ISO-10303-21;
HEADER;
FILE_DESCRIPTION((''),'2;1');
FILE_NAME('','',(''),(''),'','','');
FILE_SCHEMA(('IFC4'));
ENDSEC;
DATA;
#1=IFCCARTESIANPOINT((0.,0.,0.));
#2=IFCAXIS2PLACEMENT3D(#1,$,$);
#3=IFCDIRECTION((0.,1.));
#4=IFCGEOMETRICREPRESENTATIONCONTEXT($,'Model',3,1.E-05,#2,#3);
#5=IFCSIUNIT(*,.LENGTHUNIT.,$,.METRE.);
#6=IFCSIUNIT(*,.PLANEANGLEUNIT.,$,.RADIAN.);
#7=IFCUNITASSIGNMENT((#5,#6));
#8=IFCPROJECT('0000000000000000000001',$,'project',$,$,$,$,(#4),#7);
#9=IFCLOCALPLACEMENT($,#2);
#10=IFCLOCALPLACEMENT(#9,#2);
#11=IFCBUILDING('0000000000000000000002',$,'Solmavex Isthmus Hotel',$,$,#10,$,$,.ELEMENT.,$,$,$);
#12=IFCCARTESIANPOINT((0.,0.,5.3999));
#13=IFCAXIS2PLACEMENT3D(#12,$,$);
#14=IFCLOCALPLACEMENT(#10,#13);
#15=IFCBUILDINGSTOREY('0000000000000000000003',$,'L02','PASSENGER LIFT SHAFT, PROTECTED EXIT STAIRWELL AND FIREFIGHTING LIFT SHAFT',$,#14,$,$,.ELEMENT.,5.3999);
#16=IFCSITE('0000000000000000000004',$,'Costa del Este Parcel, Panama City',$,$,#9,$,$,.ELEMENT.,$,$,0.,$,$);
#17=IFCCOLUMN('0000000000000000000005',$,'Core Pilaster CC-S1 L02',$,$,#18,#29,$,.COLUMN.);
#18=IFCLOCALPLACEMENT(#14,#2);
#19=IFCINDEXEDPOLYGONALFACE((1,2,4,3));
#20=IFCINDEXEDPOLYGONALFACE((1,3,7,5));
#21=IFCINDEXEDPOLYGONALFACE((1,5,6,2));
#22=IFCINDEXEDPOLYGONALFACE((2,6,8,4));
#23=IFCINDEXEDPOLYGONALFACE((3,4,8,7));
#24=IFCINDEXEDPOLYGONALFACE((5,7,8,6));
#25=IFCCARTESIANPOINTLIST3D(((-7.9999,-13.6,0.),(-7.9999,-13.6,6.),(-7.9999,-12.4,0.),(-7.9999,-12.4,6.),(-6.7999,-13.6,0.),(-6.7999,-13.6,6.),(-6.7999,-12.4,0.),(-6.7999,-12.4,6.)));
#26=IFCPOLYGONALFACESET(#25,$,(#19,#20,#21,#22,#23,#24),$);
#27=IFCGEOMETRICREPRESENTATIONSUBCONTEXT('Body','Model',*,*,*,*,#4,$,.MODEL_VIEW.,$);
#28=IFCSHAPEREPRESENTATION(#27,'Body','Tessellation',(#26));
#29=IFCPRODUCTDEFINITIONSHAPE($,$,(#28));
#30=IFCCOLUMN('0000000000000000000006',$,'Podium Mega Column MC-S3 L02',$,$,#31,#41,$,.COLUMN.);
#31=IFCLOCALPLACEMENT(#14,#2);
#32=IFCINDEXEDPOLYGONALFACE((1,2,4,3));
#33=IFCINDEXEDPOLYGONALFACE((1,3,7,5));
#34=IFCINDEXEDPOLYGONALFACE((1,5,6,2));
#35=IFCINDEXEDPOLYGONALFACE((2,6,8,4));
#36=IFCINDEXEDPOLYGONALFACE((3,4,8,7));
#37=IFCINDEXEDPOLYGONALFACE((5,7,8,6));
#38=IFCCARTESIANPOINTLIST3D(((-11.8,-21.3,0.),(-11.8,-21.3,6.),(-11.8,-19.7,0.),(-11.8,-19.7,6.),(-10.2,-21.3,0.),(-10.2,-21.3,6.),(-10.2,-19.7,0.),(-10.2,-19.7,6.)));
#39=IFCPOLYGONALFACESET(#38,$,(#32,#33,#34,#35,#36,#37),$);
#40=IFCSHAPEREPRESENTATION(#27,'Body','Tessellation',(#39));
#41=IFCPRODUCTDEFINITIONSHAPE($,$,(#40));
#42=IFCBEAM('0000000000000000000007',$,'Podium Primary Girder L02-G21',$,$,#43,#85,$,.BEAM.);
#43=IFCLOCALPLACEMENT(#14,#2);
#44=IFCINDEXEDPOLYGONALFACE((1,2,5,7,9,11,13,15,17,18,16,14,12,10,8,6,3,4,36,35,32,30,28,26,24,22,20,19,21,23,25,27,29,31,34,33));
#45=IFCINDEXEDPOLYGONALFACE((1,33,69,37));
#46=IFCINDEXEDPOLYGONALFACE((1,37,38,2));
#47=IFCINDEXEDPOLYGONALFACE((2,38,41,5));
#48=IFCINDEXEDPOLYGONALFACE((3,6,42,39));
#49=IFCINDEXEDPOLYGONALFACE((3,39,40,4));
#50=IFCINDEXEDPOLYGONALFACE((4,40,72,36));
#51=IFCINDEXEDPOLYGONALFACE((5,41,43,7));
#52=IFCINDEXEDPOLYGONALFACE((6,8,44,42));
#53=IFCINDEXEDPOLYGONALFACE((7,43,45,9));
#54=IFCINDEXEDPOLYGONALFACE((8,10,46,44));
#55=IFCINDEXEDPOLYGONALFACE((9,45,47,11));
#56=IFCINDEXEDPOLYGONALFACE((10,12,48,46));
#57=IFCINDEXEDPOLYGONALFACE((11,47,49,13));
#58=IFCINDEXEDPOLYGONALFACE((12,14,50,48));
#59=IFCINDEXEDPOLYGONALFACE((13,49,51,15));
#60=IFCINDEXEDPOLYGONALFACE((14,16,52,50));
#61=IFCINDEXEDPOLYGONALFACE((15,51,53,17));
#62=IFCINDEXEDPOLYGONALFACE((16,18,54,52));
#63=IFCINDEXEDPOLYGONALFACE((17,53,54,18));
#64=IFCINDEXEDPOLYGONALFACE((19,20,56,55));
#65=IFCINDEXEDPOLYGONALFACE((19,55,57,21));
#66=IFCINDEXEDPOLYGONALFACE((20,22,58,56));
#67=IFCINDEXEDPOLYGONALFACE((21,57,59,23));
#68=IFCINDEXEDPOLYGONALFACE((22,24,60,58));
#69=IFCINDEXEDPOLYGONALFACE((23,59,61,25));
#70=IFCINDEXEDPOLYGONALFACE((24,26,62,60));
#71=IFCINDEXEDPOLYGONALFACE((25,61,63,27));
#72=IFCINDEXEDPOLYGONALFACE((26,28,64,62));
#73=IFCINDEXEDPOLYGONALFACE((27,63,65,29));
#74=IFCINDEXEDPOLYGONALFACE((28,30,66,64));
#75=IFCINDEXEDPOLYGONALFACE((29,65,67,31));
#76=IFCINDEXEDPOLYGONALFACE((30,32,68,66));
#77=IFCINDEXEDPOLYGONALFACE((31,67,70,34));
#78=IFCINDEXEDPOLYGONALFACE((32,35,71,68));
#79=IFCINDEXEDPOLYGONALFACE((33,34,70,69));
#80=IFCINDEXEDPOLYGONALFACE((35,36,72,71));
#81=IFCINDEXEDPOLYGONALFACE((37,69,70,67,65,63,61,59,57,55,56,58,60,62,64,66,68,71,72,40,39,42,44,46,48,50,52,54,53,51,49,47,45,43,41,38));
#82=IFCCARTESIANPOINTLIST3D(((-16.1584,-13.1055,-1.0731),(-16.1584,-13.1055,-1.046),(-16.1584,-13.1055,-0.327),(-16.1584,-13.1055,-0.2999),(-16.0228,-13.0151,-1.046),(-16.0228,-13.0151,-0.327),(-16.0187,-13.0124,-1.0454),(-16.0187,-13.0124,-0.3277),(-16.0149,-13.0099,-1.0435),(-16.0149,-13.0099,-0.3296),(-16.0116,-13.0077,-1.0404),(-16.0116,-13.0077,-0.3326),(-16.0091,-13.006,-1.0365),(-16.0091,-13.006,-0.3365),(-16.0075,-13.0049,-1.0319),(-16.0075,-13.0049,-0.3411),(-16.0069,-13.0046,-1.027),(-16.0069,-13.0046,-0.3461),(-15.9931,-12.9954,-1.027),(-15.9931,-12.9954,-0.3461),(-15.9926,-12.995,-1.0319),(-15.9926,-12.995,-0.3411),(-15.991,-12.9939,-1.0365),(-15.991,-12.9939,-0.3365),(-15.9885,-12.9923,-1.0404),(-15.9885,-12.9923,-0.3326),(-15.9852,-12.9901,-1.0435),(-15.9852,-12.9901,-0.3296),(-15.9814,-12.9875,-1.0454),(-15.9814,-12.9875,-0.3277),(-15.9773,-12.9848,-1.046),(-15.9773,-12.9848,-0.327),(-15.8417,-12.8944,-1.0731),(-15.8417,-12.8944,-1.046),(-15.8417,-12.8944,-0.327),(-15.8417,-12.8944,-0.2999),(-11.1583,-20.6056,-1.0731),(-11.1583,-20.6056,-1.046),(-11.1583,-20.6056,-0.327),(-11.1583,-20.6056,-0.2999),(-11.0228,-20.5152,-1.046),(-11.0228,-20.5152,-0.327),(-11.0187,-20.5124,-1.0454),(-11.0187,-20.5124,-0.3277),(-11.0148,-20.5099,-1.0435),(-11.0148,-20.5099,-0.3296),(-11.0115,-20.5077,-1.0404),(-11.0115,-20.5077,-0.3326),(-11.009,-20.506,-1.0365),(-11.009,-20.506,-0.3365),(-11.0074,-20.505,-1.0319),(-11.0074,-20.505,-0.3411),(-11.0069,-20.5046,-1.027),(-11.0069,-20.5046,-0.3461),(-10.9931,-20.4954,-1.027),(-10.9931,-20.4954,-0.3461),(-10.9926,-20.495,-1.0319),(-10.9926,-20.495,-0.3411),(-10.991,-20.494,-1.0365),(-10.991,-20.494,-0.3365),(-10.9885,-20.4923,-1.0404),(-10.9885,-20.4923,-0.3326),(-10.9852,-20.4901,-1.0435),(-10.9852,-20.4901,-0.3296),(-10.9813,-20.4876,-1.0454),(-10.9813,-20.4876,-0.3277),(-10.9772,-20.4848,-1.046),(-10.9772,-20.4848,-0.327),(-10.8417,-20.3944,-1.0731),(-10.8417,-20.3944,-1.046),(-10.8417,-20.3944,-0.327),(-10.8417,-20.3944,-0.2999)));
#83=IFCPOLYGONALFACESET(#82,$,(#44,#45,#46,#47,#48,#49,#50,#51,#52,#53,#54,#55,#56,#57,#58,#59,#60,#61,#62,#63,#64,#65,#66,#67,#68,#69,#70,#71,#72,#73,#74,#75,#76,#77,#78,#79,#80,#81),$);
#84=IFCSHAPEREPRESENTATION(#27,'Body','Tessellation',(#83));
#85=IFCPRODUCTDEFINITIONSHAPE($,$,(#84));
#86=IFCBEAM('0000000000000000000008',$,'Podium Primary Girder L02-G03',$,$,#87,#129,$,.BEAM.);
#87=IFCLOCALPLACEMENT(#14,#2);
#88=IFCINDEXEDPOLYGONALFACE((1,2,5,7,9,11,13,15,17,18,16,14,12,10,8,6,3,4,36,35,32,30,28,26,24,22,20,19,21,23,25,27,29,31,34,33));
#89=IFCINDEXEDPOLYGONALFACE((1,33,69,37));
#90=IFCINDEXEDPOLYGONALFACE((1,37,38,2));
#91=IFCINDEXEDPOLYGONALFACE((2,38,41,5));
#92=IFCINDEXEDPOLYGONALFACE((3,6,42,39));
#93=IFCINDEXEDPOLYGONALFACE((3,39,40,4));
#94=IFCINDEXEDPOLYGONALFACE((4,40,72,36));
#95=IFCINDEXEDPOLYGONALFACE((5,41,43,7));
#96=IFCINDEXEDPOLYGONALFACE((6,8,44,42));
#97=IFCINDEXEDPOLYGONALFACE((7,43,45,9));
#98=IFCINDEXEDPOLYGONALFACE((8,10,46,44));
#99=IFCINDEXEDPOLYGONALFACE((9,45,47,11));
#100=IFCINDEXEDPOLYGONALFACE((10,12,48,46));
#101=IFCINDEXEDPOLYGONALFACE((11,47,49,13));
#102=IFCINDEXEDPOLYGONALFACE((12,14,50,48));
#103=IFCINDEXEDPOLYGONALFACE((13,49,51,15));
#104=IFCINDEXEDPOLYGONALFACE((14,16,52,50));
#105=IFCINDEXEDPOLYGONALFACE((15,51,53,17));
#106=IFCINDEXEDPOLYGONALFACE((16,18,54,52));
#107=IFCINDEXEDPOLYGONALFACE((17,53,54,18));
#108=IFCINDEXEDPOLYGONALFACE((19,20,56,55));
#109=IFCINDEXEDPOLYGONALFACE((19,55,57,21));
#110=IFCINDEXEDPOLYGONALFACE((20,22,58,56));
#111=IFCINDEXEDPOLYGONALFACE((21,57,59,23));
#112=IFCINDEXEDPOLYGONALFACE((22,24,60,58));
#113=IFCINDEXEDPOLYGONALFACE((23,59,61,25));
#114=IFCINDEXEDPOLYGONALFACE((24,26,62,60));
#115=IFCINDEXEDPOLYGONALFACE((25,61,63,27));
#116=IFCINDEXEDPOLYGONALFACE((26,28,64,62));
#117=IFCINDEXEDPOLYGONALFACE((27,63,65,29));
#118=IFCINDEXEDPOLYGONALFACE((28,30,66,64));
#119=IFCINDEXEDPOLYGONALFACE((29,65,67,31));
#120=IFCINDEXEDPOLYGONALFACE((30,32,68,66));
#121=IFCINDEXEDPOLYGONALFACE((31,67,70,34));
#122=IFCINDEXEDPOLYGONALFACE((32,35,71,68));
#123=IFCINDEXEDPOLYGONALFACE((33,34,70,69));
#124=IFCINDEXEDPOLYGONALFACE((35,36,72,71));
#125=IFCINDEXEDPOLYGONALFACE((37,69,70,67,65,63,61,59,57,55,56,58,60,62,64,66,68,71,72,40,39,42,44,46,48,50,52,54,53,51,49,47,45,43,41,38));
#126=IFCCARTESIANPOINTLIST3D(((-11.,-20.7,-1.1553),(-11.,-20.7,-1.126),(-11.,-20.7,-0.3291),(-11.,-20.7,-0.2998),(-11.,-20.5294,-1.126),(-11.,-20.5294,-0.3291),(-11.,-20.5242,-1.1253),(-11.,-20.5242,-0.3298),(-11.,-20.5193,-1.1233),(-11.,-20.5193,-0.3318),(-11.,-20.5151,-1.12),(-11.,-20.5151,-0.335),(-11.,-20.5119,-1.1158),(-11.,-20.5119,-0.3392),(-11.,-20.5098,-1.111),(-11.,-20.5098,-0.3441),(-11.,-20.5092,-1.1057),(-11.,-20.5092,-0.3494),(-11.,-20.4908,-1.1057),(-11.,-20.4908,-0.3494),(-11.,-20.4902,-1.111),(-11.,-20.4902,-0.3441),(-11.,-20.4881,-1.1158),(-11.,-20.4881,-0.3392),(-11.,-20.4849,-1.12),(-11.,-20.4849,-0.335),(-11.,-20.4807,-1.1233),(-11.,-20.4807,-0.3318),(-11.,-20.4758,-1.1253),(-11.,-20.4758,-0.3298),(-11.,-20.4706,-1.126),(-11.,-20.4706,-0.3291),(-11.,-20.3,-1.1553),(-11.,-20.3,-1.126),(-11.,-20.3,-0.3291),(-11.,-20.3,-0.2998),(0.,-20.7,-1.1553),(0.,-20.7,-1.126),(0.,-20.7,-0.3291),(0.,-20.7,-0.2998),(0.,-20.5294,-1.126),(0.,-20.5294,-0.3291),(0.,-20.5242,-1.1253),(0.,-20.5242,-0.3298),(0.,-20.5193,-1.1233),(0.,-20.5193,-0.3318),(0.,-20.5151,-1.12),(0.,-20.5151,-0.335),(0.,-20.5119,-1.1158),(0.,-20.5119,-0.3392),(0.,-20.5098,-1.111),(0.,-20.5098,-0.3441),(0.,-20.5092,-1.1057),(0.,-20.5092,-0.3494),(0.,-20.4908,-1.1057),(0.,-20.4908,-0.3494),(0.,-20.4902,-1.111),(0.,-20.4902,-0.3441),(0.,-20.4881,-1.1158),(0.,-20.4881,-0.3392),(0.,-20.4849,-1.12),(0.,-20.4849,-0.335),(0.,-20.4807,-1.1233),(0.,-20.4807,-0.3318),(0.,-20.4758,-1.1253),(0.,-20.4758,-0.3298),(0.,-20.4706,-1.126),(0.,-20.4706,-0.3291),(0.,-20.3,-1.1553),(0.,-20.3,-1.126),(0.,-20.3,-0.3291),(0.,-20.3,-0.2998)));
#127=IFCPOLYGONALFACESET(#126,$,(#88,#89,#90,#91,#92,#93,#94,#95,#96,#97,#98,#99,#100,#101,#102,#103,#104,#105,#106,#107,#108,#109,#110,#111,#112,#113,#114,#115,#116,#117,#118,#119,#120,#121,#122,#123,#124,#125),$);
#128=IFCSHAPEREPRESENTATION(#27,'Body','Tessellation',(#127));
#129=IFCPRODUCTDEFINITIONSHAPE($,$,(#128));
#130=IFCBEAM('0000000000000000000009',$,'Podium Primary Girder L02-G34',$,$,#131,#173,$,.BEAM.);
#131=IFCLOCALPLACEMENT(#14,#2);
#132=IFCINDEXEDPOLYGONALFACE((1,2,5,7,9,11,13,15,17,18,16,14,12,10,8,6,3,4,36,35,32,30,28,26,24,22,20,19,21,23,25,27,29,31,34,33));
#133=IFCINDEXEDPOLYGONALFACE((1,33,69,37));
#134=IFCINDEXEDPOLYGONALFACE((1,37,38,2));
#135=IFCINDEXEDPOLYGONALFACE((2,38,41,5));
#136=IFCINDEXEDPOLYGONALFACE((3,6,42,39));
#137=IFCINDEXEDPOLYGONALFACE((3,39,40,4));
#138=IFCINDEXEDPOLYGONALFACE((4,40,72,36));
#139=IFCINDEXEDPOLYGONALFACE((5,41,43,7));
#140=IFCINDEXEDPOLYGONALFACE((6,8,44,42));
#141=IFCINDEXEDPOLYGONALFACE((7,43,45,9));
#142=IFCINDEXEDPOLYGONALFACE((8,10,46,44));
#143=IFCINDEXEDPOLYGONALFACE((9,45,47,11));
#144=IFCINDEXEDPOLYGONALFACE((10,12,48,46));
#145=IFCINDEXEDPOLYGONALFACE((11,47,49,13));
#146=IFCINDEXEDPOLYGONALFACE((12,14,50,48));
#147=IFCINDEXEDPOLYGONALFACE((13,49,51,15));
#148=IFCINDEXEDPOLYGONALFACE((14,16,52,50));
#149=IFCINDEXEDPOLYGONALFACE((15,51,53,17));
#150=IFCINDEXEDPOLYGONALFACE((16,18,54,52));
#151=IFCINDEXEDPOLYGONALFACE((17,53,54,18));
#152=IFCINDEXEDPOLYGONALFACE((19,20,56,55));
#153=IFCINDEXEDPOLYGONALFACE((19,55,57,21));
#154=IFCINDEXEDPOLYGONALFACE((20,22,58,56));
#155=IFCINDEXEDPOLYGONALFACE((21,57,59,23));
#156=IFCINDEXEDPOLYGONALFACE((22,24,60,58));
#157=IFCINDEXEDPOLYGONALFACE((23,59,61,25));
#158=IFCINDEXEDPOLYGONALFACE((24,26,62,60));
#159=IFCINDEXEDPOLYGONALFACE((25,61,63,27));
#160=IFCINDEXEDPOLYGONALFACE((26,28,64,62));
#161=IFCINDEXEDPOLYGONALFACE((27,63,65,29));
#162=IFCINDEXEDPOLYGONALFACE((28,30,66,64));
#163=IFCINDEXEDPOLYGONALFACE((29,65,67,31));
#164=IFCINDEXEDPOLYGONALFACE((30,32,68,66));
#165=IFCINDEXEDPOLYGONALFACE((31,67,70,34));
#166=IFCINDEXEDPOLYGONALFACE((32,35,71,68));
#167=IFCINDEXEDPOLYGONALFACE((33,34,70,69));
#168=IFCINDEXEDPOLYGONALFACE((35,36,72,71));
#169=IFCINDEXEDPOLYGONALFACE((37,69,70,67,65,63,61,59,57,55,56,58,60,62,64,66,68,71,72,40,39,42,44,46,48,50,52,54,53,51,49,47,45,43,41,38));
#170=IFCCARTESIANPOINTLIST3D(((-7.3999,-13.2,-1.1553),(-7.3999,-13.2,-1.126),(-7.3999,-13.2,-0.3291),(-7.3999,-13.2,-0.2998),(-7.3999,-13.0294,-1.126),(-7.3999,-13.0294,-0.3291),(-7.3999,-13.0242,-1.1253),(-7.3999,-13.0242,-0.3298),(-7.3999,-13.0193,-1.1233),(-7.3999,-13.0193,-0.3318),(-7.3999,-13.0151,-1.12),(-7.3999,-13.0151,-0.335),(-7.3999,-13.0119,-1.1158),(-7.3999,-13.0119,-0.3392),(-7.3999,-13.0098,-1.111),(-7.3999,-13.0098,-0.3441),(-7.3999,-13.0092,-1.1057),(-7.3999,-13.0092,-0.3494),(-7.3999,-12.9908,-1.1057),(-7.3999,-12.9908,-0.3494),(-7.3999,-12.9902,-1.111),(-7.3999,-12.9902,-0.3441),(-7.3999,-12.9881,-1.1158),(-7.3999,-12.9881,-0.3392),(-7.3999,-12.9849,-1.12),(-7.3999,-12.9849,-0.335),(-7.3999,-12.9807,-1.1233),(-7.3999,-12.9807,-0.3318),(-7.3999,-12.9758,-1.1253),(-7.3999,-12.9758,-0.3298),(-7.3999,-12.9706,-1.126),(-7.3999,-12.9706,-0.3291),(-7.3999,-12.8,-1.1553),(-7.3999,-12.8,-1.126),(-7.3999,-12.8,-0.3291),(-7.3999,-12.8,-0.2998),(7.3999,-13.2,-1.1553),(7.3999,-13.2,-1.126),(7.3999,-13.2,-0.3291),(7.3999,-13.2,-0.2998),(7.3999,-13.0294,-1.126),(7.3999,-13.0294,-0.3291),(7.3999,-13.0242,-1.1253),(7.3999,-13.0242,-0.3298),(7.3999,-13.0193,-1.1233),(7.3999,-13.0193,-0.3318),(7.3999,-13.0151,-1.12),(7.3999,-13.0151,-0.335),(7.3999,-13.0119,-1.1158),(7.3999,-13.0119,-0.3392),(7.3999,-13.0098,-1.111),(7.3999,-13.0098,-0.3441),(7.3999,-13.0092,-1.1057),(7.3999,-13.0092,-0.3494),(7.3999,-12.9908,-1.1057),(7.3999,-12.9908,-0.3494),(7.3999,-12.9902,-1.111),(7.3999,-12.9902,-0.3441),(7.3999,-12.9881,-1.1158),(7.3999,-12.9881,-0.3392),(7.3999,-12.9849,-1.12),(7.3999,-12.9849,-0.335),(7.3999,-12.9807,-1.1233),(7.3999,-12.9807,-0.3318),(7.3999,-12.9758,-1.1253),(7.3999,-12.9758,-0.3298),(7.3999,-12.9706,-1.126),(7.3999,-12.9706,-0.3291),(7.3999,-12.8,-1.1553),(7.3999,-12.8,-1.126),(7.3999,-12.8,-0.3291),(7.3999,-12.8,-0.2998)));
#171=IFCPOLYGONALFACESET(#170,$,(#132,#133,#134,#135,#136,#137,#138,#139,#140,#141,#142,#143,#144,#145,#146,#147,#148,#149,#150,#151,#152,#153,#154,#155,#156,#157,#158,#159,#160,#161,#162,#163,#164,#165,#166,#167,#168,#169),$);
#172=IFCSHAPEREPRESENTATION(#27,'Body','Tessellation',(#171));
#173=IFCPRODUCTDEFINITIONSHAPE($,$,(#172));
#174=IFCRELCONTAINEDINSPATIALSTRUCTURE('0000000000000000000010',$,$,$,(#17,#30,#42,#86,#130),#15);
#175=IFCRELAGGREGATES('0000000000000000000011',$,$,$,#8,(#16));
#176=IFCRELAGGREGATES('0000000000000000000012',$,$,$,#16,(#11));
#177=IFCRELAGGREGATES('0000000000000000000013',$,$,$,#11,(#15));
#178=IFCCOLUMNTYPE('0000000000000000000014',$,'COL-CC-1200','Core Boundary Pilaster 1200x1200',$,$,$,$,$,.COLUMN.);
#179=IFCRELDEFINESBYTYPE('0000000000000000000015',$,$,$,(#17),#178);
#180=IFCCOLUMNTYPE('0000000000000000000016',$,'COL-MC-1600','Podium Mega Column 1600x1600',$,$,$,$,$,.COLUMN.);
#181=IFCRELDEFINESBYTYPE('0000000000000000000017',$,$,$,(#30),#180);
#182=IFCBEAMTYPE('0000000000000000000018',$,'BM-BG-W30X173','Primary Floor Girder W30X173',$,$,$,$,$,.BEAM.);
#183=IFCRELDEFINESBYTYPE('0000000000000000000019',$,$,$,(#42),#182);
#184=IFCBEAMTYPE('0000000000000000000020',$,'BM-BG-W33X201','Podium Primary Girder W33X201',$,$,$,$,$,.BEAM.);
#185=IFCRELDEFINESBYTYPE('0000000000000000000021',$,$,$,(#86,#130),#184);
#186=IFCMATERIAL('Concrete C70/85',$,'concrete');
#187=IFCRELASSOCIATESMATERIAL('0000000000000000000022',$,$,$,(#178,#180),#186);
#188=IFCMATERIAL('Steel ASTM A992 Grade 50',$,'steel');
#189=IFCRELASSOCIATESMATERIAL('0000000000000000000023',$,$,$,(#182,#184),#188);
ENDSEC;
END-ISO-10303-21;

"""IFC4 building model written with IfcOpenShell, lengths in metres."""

from ifc_helpers import new_model, si_unit, direction, frame, origin, origin_2d, place, context, subcontext, project, spatial, rectangle, i_section, extrude, material, material_profile, profile_set, type_object, element, save


model = new_model("IFC4")

# Units and contexts
model_context = context("Model", 3, precision=1e-05, world=origin(), true_north=direction((0.0, 1.0)))
body_context = subcontext(model_context, "Body", "Model", "MODEL_VIEW")
ifc_project = project(units=[si_unit("LENGTHUNIT", "METRE"), si_unit("PLANEANGLEUNIT", "RADIAN")], contexts=[model_context])

# Site, building, storey
site_placement = place(None, origin())
site = spatial("IfcSite", under=ifc_project, at=site_placement, Name="Costa del Este Parcel, Panama City", CompositionType="ELEMENT", RefElevation=0.0)
building_placement = place(site_placement, origin())
building = spatial("IfcBuilding", under=site, at=building_placement, Name="Solmavex Isthmus Hotel", CompositionType="ELEMENT")
storey_placement = place(building_placement, frame((0.0, 0.0, 5.3999)))
storey = spatial("IfcBuildingStorey", under=building, at=storey_placement, Name="L02", Description="PASSENGER LIFT SHAFT, PROTECTED EXIT STAIRWELL AND FIREFIGHTING LIFT SHAFT", CompositionType="ELEMENT", Elevation=5.3999)

# Columns
ifc_material_1 = material(Name="Concrete C70/85", Category="concrete")
ifc_material_profile_1 = material_profile(ifc_material_1, rectangle(XDim=1.2, YDim=1.2, at=origin_2d()), Name="RC1200X1200")
ifc_profile_set_1 = profile_set([ifc_material_profile_1], Name="Concrete C70/85")
column_type_1 = type_object("IfcColumnType", Name="COL-CC-1200", Description="Core Boundary Pilaster 1200x1200", PredefinedType="COLUMN", material=ifc_profile_set_1)
column_1_placement = place(storey_placement, frame((-7.3999, -13.0, 0.0), z_axis=(0.0, 0.0, 1.0), x_axis=(1.0, 0.0, 0.0)))
element("IfcColumn", 1, at=column_1_placement, inside=storey, type_object=column_type_1, Name="Core Pilaster CC-S1 L02", PredefinedType="COLUMN", context=body_context, shape_type="SweptSolid", body=[
    extrude(rectangle(XDim=1.2, YDim=1.2, at=origin_2d()), origin(), (0.0, 0.0, 1.0), 6.0),
])
ifc_material_profile_2 = material_profile(ifc_material_1, rectangle(XDim=1.6001, YDim=1.6001, at=origin_2d()), Name="RC1600X1600")
ifc_profile_set_2 = profile_set([ifc_material_profile_2], Name="Concrete C70/85")
column_type_2 = type_object("IfcColumnType", Name="COL-MC-1600", Description="Podium Mega Column 1600x1600", PredefinedType="COLUMN", material=ifc_profile_set_2)
column_2_placement = place(storey_placement, frame((-11.0, -20.5, 0.0), z_axis=(0.0, 0.0, 1.0), x_axis=(1.0, 0.0, 0.0)))
element("IfcColumn", 2, at=column_2_placement, inside=storey, type_object=column_type_2, Name="Podium Mega Column MC-S3 L02", PredefinedType="COLUMN", context=body_context, shape_type="SweptSolid", body=[
    extrude(rectangle(XDim=1.6001, YDim=1.6001, at=origin_2d()), origin(), (0.0, 0.0, 1.0), 6.0),
])

# Beams
ifc_material_2 = material(Name="Steel ASTM A992 Grade 50", Category="steel")
ifc_material_profile_3 = material_profile(ifc_material_2, i_section(OverallWidth=0.3806, OverallDepth=0.7732, WebThickness=0.0166, FlangeThickness=0.0271, FilletRadius=0.019, at=origin_2d()), Name="W30X173")
ifc_profile_set_3 = profile_set([ifc_material_profile_3], Name="Steel ASTM A992 Grade 50")
beam_type_1 = type_object("IfcBeamType", Name="BM-BG-W30X173", Description="Primary Floor Girder W30X173", PredefinedType="BEAM", material=ifc_profile_set_3)
beam_1_placement = place(storey_placement, frame((-11.0, -20.5, -0.6865), z_axis=(-0.5547, 0.83205, 0.0), x_axis=(-0.83205, -0.5547, 0.0)))
element("IfcBeam", 3, at=beam_1_placement, inside=storey, type_object=beam_type_1, Name="Podium Primary Girder L02-G21", PredefinedType="BEAM", context=body_context, shape_type="SweptSolid", body=[
    extrude(i_section(OverallWidth=0.3806, OverallDepth=0.7732, WebThickness=0.0166, FlangeThickness=0.0271, FilletRadius=0.019, at=origin_2d()), origin(), (0.0, 0.0, 1.0), 9.0139),
])
ifc_material_profile_4 = material_profile(ifc_material_2, i_section(OverallWidth=0.3999, OverallDepth=0.8555, WebThickness=0.0183, FlangeThickness=0.0293, FilletRadius=0.0203, at=origin_2d()), Name="W33X201")
ifc_profile_set_4 = profile_set([ifc_material_profile_4], Name="Steel ASTM A992 Grade 50")
beam_type_2 = type_object("IfcBeamType", Name="BM-BG-W33X201", Description="Podium Primary Girder W33X201", PredefinedType="BEAM", material=ifc_profile_set_4)
beam_2_placement = place(storey_placement, frame((-11.0, -20.5, -0.7275), z_axis=(1.0, 0.0, 0.0), x_axis=(0.0, 1.0, 0.0)))
element("IfcBeam", 4, at=beam_2_placement, inside=storey, type_object=beam_type_2, Name="Podium Primary Girder L02-G03", PredefinedType="BEAM", context=body_context, shape_type="SweptSolid", body=[
    extrude(i_section(OverallWidth=0.3999, OverallDepth=0.8555, WebThickness=0.0183, FlangeThickness=0.0293, FilletRadius=0.0203, at=origin_2d()), origin(), (0.0, 0.0, 1.0), 11.0),
])
beam_3_placement = place(storey_placement, frame((-7.3999, -13.0, -0.7275), z_axis=(1.0, 0.0, 0.0), x_axis=(0.0, 1.0, 0.0)))
element("IfcBeam", 5, at=beam_3_placement, inside=storey, type_object=beam_type_2, Name="Podium Primary Girder L02-G34", PredefinedType="BEAM", context=body_context, shape_type="SweptSolid", body=[
    extrude(i_section(OverallWidth=0.3999, OverallDepth=0.8555, WebThickness=0.0183, FlangeThickness=0.0293, FilletRadius=0.0203, at=origin_2d()), origin(), (0.0, 0.0, 1.0), 14.7998),
])

save(model, "model.ifc")
